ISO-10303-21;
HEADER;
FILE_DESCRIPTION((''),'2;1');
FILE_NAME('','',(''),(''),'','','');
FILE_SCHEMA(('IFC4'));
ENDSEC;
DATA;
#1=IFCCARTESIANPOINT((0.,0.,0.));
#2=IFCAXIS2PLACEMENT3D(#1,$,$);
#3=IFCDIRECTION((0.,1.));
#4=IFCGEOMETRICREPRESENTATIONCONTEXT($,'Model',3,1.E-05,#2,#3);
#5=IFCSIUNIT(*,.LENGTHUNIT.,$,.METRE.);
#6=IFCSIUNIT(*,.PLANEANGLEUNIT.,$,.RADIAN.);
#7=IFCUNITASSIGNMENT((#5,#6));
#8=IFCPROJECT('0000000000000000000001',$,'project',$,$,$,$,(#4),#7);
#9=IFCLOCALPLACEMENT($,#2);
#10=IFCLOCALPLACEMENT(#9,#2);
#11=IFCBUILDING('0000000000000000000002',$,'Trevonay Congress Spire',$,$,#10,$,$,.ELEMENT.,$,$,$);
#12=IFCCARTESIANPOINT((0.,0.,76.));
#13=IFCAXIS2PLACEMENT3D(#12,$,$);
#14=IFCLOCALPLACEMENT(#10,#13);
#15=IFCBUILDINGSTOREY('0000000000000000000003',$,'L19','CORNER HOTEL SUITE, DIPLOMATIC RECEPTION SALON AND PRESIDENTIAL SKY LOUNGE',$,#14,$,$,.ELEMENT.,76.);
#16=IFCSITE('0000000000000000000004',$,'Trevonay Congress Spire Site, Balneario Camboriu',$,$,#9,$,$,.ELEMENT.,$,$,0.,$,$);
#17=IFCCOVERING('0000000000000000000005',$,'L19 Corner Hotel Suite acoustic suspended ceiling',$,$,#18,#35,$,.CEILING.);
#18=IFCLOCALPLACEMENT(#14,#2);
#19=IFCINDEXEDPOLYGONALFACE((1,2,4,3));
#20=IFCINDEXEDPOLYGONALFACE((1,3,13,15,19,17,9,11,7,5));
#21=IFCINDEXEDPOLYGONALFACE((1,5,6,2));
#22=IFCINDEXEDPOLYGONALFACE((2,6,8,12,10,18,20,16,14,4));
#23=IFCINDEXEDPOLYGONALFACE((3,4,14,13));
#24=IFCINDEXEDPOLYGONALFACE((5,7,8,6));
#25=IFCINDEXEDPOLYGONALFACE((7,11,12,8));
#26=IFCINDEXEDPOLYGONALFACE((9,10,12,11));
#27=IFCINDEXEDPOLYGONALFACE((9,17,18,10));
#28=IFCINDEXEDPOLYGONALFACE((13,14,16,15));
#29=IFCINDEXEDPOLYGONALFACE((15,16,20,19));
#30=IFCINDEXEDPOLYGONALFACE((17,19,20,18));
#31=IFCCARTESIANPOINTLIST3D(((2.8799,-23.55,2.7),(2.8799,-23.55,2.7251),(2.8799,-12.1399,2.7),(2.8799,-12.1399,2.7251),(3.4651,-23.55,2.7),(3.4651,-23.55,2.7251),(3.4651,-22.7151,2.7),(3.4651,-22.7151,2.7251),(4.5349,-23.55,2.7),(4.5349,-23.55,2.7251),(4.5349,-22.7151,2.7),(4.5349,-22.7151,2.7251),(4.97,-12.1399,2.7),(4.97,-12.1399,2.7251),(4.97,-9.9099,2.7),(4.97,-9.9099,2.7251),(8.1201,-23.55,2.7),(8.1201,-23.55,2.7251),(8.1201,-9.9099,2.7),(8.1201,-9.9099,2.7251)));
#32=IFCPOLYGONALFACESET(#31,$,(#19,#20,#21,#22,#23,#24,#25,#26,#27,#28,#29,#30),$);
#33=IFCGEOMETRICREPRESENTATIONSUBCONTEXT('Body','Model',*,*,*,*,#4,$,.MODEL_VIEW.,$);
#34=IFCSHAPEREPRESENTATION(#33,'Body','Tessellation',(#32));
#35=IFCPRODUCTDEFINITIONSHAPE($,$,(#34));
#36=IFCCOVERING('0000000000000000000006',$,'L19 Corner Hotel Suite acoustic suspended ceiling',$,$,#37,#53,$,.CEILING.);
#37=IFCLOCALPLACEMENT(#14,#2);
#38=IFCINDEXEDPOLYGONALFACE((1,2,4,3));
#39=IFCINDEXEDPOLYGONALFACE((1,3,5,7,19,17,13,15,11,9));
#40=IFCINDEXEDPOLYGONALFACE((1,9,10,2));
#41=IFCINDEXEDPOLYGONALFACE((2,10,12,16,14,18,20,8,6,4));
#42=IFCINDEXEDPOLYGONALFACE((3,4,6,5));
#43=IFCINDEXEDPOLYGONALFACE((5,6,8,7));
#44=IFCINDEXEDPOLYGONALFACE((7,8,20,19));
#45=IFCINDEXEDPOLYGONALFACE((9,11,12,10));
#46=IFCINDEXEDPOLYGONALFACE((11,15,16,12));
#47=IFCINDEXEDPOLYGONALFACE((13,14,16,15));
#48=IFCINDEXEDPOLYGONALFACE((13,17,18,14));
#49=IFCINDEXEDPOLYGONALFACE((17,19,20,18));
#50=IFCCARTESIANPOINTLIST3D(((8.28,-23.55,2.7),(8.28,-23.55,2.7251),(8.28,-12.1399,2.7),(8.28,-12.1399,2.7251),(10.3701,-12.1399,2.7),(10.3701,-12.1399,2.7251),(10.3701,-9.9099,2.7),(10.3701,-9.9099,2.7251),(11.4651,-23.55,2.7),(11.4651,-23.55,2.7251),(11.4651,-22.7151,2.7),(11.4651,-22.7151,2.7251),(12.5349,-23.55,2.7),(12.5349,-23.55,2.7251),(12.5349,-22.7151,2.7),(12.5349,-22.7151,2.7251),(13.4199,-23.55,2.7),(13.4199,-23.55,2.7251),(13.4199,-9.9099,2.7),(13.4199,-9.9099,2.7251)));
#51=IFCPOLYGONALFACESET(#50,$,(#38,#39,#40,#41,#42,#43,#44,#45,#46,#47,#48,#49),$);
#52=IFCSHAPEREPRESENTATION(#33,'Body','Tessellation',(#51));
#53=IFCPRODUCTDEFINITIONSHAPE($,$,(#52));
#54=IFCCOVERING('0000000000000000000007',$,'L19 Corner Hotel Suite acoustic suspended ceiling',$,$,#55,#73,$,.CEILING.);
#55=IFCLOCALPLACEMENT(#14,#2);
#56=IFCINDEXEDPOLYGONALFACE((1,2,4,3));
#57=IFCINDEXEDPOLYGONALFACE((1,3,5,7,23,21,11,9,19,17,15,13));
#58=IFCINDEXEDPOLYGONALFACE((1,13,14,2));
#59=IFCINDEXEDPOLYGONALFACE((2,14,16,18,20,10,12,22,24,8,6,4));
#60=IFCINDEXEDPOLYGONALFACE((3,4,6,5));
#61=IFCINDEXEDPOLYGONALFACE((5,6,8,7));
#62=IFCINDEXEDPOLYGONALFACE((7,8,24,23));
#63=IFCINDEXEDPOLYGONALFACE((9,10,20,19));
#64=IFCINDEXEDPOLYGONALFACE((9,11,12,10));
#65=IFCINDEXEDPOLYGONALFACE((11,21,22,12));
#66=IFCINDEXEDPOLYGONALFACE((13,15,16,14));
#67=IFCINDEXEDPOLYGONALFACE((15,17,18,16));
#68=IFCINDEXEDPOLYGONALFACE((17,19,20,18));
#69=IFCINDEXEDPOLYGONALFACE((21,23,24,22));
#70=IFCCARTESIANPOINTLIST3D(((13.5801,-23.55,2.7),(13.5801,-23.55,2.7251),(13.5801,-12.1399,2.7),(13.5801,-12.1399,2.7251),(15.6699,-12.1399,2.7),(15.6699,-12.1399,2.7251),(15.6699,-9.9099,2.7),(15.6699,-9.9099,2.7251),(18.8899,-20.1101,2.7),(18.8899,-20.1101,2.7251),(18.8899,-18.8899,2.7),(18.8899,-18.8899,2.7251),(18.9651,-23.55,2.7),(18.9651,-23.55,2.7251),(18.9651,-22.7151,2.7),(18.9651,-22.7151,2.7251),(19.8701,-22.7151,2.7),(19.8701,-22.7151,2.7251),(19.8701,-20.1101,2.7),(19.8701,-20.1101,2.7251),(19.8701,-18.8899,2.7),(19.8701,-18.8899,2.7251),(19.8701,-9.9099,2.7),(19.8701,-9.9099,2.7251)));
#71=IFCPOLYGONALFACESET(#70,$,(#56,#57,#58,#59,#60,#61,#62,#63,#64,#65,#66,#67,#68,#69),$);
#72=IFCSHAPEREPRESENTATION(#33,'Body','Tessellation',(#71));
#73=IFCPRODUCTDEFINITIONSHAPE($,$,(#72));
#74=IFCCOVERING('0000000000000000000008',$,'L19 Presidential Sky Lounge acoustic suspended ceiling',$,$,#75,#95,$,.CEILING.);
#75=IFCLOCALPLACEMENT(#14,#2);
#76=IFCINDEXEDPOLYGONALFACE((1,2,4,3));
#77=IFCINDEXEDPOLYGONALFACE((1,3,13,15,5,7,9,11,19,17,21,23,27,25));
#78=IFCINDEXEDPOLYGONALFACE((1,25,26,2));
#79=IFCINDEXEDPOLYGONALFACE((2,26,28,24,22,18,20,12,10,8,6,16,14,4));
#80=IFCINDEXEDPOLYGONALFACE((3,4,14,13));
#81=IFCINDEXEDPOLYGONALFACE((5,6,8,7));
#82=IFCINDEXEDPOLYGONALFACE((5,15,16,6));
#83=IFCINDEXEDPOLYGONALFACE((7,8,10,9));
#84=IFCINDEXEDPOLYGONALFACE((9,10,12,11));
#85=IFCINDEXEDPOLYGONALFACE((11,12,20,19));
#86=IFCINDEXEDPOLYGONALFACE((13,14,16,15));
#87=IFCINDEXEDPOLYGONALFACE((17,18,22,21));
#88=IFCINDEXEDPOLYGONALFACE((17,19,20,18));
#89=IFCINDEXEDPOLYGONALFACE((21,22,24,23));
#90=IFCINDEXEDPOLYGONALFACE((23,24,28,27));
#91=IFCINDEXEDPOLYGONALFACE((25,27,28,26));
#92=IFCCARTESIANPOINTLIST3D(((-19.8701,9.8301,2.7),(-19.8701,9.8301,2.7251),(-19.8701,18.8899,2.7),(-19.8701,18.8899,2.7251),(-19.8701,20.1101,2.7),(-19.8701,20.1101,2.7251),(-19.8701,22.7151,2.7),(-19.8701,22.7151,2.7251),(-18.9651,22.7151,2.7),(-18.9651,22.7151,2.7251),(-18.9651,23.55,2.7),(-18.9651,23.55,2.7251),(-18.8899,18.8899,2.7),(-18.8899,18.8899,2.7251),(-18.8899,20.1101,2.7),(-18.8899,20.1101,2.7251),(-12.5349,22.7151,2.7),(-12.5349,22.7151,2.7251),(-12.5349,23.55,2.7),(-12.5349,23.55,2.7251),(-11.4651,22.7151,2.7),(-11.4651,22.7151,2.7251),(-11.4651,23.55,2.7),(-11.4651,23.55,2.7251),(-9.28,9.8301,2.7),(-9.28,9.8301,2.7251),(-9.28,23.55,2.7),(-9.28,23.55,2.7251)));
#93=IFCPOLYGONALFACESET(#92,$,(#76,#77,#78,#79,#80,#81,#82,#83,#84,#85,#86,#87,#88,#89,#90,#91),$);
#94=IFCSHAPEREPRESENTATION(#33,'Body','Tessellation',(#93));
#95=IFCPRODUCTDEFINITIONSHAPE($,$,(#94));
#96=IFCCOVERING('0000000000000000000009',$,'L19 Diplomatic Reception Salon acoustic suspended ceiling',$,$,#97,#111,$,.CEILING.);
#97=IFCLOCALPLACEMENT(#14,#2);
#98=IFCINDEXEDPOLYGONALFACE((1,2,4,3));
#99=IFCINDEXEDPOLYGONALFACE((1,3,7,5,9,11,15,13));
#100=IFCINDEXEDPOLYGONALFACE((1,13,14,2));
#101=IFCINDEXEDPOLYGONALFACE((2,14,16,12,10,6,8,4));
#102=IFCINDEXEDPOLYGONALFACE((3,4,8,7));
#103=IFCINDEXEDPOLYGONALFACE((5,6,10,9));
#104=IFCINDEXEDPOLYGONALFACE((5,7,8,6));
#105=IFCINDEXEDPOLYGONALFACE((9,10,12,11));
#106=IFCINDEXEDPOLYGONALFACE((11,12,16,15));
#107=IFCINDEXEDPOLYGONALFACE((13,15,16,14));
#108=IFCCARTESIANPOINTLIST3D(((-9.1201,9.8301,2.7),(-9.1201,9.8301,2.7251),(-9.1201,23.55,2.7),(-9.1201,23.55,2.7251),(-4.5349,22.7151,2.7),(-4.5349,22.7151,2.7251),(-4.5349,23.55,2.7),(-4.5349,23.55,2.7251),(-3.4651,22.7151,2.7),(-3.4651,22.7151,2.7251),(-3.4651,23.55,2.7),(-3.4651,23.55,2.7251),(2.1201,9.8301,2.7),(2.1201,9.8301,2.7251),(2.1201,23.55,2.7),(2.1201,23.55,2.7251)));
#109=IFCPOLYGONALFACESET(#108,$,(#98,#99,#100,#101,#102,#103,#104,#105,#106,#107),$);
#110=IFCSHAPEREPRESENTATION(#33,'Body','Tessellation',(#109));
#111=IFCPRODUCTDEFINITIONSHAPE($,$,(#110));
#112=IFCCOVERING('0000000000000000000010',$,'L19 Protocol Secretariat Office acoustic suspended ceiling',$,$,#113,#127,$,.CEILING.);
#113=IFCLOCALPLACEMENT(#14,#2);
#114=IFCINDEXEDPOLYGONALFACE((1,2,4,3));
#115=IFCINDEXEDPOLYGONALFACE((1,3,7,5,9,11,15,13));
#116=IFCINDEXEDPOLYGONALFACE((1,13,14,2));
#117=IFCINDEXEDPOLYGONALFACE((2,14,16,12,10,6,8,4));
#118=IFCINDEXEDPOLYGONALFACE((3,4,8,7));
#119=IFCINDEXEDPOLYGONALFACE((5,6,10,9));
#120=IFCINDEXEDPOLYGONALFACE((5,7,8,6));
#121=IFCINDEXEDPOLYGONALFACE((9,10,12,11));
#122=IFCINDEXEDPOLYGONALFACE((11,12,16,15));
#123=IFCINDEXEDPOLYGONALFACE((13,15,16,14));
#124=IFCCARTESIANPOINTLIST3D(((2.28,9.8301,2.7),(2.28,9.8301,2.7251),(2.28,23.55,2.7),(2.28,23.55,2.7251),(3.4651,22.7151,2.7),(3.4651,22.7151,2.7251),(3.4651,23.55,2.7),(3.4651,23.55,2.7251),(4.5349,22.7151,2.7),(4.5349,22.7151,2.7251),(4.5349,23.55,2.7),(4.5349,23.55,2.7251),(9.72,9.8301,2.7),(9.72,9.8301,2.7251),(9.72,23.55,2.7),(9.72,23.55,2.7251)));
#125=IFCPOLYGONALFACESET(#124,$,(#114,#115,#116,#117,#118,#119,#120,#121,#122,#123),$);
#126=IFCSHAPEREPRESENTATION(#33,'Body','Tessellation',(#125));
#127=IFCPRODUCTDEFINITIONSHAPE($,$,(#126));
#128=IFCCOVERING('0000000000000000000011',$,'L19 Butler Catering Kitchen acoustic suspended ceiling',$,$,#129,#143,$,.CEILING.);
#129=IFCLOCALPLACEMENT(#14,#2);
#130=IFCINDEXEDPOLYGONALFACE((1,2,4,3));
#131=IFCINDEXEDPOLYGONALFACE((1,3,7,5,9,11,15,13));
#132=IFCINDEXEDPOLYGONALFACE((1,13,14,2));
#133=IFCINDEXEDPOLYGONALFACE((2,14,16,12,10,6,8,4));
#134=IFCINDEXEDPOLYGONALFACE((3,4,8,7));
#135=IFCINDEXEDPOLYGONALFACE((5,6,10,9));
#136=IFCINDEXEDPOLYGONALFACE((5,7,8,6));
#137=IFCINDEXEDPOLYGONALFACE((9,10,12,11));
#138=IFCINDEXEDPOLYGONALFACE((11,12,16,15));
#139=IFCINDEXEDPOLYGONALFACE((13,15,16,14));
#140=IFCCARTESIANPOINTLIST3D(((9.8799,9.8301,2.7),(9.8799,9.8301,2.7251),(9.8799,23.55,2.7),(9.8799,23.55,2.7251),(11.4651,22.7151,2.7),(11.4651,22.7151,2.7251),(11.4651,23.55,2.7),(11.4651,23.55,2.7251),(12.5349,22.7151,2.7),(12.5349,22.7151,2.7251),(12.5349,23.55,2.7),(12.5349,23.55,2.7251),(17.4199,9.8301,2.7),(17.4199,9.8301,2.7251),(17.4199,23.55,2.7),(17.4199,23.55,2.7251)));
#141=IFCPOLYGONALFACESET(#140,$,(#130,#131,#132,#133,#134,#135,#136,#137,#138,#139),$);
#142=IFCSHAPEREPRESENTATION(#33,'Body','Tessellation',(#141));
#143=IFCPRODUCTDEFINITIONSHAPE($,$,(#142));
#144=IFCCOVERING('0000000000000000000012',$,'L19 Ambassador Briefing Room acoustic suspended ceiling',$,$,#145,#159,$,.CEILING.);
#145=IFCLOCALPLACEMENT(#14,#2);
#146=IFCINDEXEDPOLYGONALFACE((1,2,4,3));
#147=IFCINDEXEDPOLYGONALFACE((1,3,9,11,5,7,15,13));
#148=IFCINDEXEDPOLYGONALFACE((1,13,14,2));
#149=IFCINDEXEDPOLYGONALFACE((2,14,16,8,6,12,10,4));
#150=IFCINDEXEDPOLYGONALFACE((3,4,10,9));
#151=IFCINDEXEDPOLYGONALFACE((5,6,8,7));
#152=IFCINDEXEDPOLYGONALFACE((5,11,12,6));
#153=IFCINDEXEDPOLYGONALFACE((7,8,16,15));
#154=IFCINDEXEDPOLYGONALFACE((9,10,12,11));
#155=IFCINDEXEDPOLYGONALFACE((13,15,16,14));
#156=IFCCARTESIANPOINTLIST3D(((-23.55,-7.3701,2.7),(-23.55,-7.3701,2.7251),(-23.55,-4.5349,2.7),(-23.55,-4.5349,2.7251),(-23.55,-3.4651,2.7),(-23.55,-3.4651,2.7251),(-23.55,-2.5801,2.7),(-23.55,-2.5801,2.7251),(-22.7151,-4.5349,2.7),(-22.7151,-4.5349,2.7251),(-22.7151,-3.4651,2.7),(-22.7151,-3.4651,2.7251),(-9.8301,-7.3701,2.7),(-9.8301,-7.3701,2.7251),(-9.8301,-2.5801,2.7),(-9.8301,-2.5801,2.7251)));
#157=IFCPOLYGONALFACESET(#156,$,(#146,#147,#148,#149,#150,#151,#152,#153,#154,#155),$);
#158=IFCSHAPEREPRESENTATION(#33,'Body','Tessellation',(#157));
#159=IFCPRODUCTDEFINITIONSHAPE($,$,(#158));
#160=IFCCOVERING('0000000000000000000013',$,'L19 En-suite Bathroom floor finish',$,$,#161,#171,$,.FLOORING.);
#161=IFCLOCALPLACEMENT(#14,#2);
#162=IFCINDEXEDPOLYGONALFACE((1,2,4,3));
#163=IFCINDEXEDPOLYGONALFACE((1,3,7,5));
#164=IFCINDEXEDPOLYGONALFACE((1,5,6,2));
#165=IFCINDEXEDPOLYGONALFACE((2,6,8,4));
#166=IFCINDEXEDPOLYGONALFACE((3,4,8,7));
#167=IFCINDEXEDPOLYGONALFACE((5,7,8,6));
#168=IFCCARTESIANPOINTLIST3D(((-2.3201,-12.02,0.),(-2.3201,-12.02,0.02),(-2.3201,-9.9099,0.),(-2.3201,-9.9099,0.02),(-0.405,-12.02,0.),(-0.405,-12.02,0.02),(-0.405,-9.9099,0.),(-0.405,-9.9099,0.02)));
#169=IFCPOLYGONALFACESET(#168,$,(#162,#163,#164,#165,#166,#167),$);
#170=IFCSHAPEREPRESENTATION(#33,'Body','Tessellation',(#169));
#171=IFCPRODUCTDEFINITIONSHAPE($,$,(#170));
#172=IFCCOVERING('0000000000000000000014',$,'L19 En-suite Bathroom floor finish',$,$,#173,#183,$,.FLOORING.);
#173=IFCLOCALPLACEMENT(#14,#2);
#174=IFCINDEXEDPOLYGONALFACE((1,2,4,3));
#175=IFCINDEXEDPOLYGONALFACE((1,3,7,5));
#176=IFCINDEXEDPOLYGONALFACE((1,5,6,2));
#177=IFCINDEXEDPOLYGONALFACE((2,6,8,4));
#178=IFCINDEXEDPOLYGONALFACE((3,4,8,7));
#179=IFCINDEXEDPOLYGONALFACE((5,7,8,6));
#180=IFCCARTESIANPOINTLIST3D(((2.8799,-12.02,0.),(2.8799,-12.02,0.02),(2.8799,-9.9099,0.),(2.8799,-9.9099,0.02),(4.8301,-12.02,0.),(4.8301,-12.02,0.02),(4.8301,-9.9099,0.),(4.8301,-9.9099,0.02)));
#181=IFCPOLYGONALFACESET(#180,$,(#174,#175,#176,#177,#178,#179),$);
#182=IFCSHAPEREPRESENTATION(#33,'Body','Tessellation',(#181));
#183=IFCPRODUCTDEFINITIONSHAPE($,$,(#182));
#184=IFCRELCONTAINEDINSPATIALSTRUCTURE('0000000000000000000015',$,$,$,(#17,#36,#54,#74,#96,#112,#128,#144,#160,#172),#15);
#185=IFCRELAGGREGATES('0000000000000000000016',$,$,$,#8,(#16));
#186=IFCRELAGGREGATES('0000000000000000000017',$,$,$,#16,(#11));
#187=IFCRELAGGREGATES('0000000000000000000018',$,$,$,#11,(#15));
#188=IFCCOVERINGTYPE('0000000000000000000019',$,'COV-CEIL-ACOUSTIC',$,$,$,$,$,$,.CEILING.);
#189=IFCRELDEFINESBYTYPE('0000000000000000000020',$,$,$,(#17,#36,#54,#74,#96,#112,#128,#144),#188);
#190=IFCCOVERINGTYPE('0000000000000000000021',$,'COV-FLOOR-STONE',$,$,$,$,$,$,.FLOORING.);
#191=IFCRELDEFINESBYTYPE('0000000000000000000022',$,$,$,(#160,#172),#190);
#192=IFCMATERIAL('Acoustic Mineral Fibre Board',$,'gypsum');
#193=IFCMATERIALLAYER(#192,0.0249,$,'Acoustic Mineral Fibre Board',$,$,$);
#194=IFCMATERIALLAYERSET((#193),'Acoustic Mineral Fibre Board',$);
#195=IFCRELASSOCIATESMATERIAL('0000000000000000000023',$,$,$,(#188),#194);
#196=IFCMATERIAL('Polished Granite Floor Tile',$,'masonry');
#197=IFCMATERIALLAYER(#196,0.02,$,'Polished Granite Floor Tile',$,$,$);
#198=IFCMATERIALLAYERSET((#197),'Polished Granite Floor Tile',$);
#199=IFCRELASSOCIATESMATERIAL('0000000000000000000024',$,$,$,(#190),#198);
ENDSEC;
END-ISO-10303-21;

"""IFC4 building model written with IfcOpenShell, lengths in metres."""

from ifc_helpers import new_model, si_unit, direction, frame, origin, place, context, subcontext, project, spatial, polyline, outline, extrude, material, layer, layer_set, type_object, element, save


model = new_model("IFC4")

# Units and contexts
model_context = context("Model", 3, precision=1e-05, world=origin(), true_north=direction((0.0, 1.0)))
body_context = subcontext(model_context, "Body", "Model", "MODEL_VIEW")
ifc_project = project(units=[si_unit("LENGTHUNIT", "METRE"), si_unit("PLANEANGLEUNIT", "RADIAN")], contexts=[model_context])

# Site, building, storey
site_placement = place(None, origin())
site = spatial("IfcSite", under=ifc_project, at=site_placement, Name="Trevonay Congress Spire Site, Balneario Camboriu", CompositionType="ELEMENT", RefElevation=0.0)
building_placement = place(site_placement, origin())
building = spatial("IfcBuilding", under=site, at=building_placement, Name="Trevonay Congress Spire", CompositionType="ELEMENT")
storey_placement = place(building_placement, frame((0.0, 0.0, 76.0)))
storey = spatial("IfcBuildingStorey", under=building, at=storey_placement, Name="L19", Description="CORNER HOTEL SUITE, DIPLOMATIC RECEPTION SALON AND PRESIDENTIAL SKY LOUNGE", CompositionType="ELEMENT", Elevation=76.0)

# Coverings
ifc_material_1 = material(Name="Acoustic Mineral Fibre Board", Category="gypsum")
ifc_layer_1 = layer(ifc_material_1, 0.0249, Name="Acoustic Mineral Fibre Board")
ifc_layer_set_1 = layer_set([ifc_layer_1], Name="Acoustic Mineral Fibre Board")
covering_type_1 = type_object("IfcCoveringType", Name="COV-CEIL-ACOUSTIC", PredefinedType="CEILING", material=ifc_layer_set_1)
covering_1_placement = place(storey_placement, frame((0.0, 0.0, 2.7)))
element("IfcCovering", 1, at=covering_1_placement, inside=storey, type_object=covering_type_1, Name="L19 Corner Hotel Suite acoustic suspended ceiling", PredefinedType="CEILING", context=body_context, shape_type="SweptSolid", body=[
    extrude(outline(polyline([(2.8799, -23.55), (2.8799, -12.1399), (4.97, -12.1399), (4.97, -9.9099), (8.1201, -9.9099), (8.1201, -23.55), (4.5349, -23.55), (4.5349, -22.7151), (3.4651, -22.7151), (3.4651, -23.55), (2.8799, -23.55)])), origin(), (0.0, 0.0, 1.0), 0.0251),
])
covering_2_placement = place(storey_placement, frame((0.0, 0.0, 2.7)))
element("IfcCovering", 2, at=covering_2_placement, inside=storey, type_object=covering_type_1, Name="L19 Corner Hotel Suite acoustic suspended ceiling", PredefinedType="CEILING", context=body_context, shape_type="SweptSolid", body=[
    extrude(outline(polyline([(8.28, -23.55), (8.28, -12.1399), (10.3701, -12.1399), (10.3701, -9.9099), (13.4199, -9.9099), (13.4199, -23.55), (12.5349, -23.55), (12.5349, -22.7151), (11.4651, -22.7151), (11.4651, -23.55), (8.28, -23.55)])), origin(), (0.0, 0.0, 1.0), 0.0251),
])
covering_3_placement = place(storey_placement, frame((0.0, 0.0, 2.7)))
element("IfcCovering", 3, at=covering_3_placement, inside=storey, type_object=covering_type_1, Name="L19 Corner Hotel Suite acoustic suspended ceiling", PredefinedType="CEILING", context=body_context, shape_type="SweptSolid", body=[
    extrude(outline(polyline([(13.5801, -23.55), (13.5801, -12.1399), (15.6699, -12.1399), (15.6699, -9.9099), (19.8701, -9.9099), (19.8701, -18.8899), (18.8899, -18.8899), (18.8899, -20.1101), (19.8701, -20.1101), (19.8701, -22.7151), (18.9651, -22.7151), (18.9651, -23.55), (13.5801, -23.55)])), origin(), (0.0, 0.0, 1.0), 0.0251),
])
covering_4_placement = place(storey_placement, frame((0.0, 0.0, 2.7)))
element("IfcCovering", 4, at=covering_4_placement, inside=storey, type_object=covering_type_1, Name="L19 Presidential Sky Lounge acoustic suspended ceiling", PredefinedType="CEILING", context=body_context, shape_type="SweptSolid", body=[
    extrude(outline(polyline([(-9.28, 23.55), (-9.28, 9.8301), (-19.8701, 9.8301), (-19.8701, 18.8899), (-18.8899, 18.8899), (-18.8899, 20.1101), (-19.8701, 20.1101), (-19.8701, 22.7151), (-18.9651, 22.7151), (-18.9651, 23.55), (-12.5349, 23.55), (-12.5349, 22.7151), (-11.4651, 22.7151), (-11.4651, 23.55), (-9.28, 23.55)])), origin(), (0.0, 0.0, 1.0), 0.0251),
])
covering_5_placement = place(storey_placement, frame((0.0, 0.0, 2.7)))
element("IfcCovering", 5, at=covering_5_placement, inside=storey, type_object=covering_type_1, Name="L19 Diplomatic Reception Salon acoustic suspended ceiling", PredefinedType="CEILING", context=body_context, shape_type="SweptSolid", body=[
    extrude(outline(polyline([(2.1201, 23.55), (2.1201, 9.8301), (-9.1201, 9.8301), (-9.1201, 23.55), (-4.5349, 23.55), (-4.5349, 22.7151), (-3.4651, 22.7151), (-3.4651, 23.55), (2.1201, 23.55)])), origin(), (0.0, 0.0, 1.0), 0.0251),
])
covering_6_placement = place(storey_placement, frame((0.0, 0.0, 2.7)))
element("IfcCovering", 6, at=covering_6_placement, inside=storey, type_object=covering_type_1, Name="L19 Protocol Secretariat Office acoustic suspended ceiling", PredefinedType="CEILING", context=body_context, shape_type="SweptSolid", body=[
    extrude(outline(polyline([(9.72, 23.55), (9.72, 9.8301), (2.28, 9.8301), (2.28, 23.55), (3.4651, 23.55), (3.4651, 22.7151), (4.5349, 22.7151), (4.5349, 23.55), (9.72, 23.55)])), origin(), (0.0, 0.0, 1.0), 0.0251),
])
covering_7_placement = place(storey_placement, frame((0.0, 0.0, 2.7)))
element("IfcCovering", 7, at=covering_7_placement, inside=storey, type_object=covering_type_1, Name="L19 Butler Catering Kitchen acoustic suspended ceiling", PredefinedType="CEILING", context=body_context, shape_type="SweptSolid", body=[
    extrude(outline(polyline([(17.4199, 23.55), (17.4199, 9.8301), (9.8799, 9.8301), (9.8799, 23.55), (11.4651, 23.55), (11.4651, 22.7151), (12.5349, 22.7151), (12.5349, 23.55), (17.4199, 23.55)])), origin(), (0.0, 0.0, 1.0), 0.0251),
])
covering_8_placement = place(storey_placement, frame((0.0, 0.0, 2.7)))
element("IfcCovering", 8, at=covering_8_placement, inside=storey, type_object=covering_type_1, Name="L19 Ambassador Briefing Room acoustic suspended ceiling", PredefinedType="CEILING", context=body_context, shape_type="SweptSolid", body=[
    extrude(outline(polyline([(-23.55, -2.5801), (-9.8301, -2.5801), (-9.8301, -7.3701), (-23.55, -7.3701), (-23.55, -4.5349), (-22.7151, -4.5349), (-22.7151, -3.4651), (-23.55, -3.4651), (-23.55, -2.5801)])), origin(), (0.0, 0.0, 1.0), 0.0251),
])
ifc_material_2 = material(Name="Polished Granite Floor Tile", Category="masonry")
ifc_layer_2 = layer(ifc_material_2, 0.02, Name="Polished Granite Floor Tile")
ifc_layer_set_2 = layer_set([ifc_layer_2], Name="Polished Granite Floor Tile")
covering_type_2 = type_object("IfcCoveringType", Name="COV-FLOOR-STONE", PredefinedType="FLOORING", material=ifc_layer_set_2)
covering_9_placement = place(storey_placement, origin())
element("IfcCovering", 9, at=covering_9_placement, inside=storey, type_object=covering_type_2, Name="L19 En-suite Bathroom floor finish", PredefinedType="FLOORING", context=body_context, shape_type="SweptSolid", body=[
    extrude(outline(polyline([(-2.3201, -12.02), (-0.405, -12.02), (-0.405, -9.9099), (-2.3201, -9.9099), (-2.3201, -12.02)])), origin(), (0.0, 0.0, 1.0), 0.02),
])
covering_10_placement = place(storey_placement, origin())
element("IfcCovering", 10, at=covering_10_placement, inside=storey, type_object=covering_type_2, Name="L19 En-suite Bathroom floor finish", PredefinedType="FLOORING", context=body_context, shape_type="SweptSolid", body=[
    extrude(outline(polyline([(2.8799, -12.02), (4.8301, -12.02), (4.8301, -9.9099), (2.8799, -9.9099), (2.8799, -12.02)])), origin(), (0.0, 0.0, 1.0), 0.02),
])

save(model, "model.ifc")
